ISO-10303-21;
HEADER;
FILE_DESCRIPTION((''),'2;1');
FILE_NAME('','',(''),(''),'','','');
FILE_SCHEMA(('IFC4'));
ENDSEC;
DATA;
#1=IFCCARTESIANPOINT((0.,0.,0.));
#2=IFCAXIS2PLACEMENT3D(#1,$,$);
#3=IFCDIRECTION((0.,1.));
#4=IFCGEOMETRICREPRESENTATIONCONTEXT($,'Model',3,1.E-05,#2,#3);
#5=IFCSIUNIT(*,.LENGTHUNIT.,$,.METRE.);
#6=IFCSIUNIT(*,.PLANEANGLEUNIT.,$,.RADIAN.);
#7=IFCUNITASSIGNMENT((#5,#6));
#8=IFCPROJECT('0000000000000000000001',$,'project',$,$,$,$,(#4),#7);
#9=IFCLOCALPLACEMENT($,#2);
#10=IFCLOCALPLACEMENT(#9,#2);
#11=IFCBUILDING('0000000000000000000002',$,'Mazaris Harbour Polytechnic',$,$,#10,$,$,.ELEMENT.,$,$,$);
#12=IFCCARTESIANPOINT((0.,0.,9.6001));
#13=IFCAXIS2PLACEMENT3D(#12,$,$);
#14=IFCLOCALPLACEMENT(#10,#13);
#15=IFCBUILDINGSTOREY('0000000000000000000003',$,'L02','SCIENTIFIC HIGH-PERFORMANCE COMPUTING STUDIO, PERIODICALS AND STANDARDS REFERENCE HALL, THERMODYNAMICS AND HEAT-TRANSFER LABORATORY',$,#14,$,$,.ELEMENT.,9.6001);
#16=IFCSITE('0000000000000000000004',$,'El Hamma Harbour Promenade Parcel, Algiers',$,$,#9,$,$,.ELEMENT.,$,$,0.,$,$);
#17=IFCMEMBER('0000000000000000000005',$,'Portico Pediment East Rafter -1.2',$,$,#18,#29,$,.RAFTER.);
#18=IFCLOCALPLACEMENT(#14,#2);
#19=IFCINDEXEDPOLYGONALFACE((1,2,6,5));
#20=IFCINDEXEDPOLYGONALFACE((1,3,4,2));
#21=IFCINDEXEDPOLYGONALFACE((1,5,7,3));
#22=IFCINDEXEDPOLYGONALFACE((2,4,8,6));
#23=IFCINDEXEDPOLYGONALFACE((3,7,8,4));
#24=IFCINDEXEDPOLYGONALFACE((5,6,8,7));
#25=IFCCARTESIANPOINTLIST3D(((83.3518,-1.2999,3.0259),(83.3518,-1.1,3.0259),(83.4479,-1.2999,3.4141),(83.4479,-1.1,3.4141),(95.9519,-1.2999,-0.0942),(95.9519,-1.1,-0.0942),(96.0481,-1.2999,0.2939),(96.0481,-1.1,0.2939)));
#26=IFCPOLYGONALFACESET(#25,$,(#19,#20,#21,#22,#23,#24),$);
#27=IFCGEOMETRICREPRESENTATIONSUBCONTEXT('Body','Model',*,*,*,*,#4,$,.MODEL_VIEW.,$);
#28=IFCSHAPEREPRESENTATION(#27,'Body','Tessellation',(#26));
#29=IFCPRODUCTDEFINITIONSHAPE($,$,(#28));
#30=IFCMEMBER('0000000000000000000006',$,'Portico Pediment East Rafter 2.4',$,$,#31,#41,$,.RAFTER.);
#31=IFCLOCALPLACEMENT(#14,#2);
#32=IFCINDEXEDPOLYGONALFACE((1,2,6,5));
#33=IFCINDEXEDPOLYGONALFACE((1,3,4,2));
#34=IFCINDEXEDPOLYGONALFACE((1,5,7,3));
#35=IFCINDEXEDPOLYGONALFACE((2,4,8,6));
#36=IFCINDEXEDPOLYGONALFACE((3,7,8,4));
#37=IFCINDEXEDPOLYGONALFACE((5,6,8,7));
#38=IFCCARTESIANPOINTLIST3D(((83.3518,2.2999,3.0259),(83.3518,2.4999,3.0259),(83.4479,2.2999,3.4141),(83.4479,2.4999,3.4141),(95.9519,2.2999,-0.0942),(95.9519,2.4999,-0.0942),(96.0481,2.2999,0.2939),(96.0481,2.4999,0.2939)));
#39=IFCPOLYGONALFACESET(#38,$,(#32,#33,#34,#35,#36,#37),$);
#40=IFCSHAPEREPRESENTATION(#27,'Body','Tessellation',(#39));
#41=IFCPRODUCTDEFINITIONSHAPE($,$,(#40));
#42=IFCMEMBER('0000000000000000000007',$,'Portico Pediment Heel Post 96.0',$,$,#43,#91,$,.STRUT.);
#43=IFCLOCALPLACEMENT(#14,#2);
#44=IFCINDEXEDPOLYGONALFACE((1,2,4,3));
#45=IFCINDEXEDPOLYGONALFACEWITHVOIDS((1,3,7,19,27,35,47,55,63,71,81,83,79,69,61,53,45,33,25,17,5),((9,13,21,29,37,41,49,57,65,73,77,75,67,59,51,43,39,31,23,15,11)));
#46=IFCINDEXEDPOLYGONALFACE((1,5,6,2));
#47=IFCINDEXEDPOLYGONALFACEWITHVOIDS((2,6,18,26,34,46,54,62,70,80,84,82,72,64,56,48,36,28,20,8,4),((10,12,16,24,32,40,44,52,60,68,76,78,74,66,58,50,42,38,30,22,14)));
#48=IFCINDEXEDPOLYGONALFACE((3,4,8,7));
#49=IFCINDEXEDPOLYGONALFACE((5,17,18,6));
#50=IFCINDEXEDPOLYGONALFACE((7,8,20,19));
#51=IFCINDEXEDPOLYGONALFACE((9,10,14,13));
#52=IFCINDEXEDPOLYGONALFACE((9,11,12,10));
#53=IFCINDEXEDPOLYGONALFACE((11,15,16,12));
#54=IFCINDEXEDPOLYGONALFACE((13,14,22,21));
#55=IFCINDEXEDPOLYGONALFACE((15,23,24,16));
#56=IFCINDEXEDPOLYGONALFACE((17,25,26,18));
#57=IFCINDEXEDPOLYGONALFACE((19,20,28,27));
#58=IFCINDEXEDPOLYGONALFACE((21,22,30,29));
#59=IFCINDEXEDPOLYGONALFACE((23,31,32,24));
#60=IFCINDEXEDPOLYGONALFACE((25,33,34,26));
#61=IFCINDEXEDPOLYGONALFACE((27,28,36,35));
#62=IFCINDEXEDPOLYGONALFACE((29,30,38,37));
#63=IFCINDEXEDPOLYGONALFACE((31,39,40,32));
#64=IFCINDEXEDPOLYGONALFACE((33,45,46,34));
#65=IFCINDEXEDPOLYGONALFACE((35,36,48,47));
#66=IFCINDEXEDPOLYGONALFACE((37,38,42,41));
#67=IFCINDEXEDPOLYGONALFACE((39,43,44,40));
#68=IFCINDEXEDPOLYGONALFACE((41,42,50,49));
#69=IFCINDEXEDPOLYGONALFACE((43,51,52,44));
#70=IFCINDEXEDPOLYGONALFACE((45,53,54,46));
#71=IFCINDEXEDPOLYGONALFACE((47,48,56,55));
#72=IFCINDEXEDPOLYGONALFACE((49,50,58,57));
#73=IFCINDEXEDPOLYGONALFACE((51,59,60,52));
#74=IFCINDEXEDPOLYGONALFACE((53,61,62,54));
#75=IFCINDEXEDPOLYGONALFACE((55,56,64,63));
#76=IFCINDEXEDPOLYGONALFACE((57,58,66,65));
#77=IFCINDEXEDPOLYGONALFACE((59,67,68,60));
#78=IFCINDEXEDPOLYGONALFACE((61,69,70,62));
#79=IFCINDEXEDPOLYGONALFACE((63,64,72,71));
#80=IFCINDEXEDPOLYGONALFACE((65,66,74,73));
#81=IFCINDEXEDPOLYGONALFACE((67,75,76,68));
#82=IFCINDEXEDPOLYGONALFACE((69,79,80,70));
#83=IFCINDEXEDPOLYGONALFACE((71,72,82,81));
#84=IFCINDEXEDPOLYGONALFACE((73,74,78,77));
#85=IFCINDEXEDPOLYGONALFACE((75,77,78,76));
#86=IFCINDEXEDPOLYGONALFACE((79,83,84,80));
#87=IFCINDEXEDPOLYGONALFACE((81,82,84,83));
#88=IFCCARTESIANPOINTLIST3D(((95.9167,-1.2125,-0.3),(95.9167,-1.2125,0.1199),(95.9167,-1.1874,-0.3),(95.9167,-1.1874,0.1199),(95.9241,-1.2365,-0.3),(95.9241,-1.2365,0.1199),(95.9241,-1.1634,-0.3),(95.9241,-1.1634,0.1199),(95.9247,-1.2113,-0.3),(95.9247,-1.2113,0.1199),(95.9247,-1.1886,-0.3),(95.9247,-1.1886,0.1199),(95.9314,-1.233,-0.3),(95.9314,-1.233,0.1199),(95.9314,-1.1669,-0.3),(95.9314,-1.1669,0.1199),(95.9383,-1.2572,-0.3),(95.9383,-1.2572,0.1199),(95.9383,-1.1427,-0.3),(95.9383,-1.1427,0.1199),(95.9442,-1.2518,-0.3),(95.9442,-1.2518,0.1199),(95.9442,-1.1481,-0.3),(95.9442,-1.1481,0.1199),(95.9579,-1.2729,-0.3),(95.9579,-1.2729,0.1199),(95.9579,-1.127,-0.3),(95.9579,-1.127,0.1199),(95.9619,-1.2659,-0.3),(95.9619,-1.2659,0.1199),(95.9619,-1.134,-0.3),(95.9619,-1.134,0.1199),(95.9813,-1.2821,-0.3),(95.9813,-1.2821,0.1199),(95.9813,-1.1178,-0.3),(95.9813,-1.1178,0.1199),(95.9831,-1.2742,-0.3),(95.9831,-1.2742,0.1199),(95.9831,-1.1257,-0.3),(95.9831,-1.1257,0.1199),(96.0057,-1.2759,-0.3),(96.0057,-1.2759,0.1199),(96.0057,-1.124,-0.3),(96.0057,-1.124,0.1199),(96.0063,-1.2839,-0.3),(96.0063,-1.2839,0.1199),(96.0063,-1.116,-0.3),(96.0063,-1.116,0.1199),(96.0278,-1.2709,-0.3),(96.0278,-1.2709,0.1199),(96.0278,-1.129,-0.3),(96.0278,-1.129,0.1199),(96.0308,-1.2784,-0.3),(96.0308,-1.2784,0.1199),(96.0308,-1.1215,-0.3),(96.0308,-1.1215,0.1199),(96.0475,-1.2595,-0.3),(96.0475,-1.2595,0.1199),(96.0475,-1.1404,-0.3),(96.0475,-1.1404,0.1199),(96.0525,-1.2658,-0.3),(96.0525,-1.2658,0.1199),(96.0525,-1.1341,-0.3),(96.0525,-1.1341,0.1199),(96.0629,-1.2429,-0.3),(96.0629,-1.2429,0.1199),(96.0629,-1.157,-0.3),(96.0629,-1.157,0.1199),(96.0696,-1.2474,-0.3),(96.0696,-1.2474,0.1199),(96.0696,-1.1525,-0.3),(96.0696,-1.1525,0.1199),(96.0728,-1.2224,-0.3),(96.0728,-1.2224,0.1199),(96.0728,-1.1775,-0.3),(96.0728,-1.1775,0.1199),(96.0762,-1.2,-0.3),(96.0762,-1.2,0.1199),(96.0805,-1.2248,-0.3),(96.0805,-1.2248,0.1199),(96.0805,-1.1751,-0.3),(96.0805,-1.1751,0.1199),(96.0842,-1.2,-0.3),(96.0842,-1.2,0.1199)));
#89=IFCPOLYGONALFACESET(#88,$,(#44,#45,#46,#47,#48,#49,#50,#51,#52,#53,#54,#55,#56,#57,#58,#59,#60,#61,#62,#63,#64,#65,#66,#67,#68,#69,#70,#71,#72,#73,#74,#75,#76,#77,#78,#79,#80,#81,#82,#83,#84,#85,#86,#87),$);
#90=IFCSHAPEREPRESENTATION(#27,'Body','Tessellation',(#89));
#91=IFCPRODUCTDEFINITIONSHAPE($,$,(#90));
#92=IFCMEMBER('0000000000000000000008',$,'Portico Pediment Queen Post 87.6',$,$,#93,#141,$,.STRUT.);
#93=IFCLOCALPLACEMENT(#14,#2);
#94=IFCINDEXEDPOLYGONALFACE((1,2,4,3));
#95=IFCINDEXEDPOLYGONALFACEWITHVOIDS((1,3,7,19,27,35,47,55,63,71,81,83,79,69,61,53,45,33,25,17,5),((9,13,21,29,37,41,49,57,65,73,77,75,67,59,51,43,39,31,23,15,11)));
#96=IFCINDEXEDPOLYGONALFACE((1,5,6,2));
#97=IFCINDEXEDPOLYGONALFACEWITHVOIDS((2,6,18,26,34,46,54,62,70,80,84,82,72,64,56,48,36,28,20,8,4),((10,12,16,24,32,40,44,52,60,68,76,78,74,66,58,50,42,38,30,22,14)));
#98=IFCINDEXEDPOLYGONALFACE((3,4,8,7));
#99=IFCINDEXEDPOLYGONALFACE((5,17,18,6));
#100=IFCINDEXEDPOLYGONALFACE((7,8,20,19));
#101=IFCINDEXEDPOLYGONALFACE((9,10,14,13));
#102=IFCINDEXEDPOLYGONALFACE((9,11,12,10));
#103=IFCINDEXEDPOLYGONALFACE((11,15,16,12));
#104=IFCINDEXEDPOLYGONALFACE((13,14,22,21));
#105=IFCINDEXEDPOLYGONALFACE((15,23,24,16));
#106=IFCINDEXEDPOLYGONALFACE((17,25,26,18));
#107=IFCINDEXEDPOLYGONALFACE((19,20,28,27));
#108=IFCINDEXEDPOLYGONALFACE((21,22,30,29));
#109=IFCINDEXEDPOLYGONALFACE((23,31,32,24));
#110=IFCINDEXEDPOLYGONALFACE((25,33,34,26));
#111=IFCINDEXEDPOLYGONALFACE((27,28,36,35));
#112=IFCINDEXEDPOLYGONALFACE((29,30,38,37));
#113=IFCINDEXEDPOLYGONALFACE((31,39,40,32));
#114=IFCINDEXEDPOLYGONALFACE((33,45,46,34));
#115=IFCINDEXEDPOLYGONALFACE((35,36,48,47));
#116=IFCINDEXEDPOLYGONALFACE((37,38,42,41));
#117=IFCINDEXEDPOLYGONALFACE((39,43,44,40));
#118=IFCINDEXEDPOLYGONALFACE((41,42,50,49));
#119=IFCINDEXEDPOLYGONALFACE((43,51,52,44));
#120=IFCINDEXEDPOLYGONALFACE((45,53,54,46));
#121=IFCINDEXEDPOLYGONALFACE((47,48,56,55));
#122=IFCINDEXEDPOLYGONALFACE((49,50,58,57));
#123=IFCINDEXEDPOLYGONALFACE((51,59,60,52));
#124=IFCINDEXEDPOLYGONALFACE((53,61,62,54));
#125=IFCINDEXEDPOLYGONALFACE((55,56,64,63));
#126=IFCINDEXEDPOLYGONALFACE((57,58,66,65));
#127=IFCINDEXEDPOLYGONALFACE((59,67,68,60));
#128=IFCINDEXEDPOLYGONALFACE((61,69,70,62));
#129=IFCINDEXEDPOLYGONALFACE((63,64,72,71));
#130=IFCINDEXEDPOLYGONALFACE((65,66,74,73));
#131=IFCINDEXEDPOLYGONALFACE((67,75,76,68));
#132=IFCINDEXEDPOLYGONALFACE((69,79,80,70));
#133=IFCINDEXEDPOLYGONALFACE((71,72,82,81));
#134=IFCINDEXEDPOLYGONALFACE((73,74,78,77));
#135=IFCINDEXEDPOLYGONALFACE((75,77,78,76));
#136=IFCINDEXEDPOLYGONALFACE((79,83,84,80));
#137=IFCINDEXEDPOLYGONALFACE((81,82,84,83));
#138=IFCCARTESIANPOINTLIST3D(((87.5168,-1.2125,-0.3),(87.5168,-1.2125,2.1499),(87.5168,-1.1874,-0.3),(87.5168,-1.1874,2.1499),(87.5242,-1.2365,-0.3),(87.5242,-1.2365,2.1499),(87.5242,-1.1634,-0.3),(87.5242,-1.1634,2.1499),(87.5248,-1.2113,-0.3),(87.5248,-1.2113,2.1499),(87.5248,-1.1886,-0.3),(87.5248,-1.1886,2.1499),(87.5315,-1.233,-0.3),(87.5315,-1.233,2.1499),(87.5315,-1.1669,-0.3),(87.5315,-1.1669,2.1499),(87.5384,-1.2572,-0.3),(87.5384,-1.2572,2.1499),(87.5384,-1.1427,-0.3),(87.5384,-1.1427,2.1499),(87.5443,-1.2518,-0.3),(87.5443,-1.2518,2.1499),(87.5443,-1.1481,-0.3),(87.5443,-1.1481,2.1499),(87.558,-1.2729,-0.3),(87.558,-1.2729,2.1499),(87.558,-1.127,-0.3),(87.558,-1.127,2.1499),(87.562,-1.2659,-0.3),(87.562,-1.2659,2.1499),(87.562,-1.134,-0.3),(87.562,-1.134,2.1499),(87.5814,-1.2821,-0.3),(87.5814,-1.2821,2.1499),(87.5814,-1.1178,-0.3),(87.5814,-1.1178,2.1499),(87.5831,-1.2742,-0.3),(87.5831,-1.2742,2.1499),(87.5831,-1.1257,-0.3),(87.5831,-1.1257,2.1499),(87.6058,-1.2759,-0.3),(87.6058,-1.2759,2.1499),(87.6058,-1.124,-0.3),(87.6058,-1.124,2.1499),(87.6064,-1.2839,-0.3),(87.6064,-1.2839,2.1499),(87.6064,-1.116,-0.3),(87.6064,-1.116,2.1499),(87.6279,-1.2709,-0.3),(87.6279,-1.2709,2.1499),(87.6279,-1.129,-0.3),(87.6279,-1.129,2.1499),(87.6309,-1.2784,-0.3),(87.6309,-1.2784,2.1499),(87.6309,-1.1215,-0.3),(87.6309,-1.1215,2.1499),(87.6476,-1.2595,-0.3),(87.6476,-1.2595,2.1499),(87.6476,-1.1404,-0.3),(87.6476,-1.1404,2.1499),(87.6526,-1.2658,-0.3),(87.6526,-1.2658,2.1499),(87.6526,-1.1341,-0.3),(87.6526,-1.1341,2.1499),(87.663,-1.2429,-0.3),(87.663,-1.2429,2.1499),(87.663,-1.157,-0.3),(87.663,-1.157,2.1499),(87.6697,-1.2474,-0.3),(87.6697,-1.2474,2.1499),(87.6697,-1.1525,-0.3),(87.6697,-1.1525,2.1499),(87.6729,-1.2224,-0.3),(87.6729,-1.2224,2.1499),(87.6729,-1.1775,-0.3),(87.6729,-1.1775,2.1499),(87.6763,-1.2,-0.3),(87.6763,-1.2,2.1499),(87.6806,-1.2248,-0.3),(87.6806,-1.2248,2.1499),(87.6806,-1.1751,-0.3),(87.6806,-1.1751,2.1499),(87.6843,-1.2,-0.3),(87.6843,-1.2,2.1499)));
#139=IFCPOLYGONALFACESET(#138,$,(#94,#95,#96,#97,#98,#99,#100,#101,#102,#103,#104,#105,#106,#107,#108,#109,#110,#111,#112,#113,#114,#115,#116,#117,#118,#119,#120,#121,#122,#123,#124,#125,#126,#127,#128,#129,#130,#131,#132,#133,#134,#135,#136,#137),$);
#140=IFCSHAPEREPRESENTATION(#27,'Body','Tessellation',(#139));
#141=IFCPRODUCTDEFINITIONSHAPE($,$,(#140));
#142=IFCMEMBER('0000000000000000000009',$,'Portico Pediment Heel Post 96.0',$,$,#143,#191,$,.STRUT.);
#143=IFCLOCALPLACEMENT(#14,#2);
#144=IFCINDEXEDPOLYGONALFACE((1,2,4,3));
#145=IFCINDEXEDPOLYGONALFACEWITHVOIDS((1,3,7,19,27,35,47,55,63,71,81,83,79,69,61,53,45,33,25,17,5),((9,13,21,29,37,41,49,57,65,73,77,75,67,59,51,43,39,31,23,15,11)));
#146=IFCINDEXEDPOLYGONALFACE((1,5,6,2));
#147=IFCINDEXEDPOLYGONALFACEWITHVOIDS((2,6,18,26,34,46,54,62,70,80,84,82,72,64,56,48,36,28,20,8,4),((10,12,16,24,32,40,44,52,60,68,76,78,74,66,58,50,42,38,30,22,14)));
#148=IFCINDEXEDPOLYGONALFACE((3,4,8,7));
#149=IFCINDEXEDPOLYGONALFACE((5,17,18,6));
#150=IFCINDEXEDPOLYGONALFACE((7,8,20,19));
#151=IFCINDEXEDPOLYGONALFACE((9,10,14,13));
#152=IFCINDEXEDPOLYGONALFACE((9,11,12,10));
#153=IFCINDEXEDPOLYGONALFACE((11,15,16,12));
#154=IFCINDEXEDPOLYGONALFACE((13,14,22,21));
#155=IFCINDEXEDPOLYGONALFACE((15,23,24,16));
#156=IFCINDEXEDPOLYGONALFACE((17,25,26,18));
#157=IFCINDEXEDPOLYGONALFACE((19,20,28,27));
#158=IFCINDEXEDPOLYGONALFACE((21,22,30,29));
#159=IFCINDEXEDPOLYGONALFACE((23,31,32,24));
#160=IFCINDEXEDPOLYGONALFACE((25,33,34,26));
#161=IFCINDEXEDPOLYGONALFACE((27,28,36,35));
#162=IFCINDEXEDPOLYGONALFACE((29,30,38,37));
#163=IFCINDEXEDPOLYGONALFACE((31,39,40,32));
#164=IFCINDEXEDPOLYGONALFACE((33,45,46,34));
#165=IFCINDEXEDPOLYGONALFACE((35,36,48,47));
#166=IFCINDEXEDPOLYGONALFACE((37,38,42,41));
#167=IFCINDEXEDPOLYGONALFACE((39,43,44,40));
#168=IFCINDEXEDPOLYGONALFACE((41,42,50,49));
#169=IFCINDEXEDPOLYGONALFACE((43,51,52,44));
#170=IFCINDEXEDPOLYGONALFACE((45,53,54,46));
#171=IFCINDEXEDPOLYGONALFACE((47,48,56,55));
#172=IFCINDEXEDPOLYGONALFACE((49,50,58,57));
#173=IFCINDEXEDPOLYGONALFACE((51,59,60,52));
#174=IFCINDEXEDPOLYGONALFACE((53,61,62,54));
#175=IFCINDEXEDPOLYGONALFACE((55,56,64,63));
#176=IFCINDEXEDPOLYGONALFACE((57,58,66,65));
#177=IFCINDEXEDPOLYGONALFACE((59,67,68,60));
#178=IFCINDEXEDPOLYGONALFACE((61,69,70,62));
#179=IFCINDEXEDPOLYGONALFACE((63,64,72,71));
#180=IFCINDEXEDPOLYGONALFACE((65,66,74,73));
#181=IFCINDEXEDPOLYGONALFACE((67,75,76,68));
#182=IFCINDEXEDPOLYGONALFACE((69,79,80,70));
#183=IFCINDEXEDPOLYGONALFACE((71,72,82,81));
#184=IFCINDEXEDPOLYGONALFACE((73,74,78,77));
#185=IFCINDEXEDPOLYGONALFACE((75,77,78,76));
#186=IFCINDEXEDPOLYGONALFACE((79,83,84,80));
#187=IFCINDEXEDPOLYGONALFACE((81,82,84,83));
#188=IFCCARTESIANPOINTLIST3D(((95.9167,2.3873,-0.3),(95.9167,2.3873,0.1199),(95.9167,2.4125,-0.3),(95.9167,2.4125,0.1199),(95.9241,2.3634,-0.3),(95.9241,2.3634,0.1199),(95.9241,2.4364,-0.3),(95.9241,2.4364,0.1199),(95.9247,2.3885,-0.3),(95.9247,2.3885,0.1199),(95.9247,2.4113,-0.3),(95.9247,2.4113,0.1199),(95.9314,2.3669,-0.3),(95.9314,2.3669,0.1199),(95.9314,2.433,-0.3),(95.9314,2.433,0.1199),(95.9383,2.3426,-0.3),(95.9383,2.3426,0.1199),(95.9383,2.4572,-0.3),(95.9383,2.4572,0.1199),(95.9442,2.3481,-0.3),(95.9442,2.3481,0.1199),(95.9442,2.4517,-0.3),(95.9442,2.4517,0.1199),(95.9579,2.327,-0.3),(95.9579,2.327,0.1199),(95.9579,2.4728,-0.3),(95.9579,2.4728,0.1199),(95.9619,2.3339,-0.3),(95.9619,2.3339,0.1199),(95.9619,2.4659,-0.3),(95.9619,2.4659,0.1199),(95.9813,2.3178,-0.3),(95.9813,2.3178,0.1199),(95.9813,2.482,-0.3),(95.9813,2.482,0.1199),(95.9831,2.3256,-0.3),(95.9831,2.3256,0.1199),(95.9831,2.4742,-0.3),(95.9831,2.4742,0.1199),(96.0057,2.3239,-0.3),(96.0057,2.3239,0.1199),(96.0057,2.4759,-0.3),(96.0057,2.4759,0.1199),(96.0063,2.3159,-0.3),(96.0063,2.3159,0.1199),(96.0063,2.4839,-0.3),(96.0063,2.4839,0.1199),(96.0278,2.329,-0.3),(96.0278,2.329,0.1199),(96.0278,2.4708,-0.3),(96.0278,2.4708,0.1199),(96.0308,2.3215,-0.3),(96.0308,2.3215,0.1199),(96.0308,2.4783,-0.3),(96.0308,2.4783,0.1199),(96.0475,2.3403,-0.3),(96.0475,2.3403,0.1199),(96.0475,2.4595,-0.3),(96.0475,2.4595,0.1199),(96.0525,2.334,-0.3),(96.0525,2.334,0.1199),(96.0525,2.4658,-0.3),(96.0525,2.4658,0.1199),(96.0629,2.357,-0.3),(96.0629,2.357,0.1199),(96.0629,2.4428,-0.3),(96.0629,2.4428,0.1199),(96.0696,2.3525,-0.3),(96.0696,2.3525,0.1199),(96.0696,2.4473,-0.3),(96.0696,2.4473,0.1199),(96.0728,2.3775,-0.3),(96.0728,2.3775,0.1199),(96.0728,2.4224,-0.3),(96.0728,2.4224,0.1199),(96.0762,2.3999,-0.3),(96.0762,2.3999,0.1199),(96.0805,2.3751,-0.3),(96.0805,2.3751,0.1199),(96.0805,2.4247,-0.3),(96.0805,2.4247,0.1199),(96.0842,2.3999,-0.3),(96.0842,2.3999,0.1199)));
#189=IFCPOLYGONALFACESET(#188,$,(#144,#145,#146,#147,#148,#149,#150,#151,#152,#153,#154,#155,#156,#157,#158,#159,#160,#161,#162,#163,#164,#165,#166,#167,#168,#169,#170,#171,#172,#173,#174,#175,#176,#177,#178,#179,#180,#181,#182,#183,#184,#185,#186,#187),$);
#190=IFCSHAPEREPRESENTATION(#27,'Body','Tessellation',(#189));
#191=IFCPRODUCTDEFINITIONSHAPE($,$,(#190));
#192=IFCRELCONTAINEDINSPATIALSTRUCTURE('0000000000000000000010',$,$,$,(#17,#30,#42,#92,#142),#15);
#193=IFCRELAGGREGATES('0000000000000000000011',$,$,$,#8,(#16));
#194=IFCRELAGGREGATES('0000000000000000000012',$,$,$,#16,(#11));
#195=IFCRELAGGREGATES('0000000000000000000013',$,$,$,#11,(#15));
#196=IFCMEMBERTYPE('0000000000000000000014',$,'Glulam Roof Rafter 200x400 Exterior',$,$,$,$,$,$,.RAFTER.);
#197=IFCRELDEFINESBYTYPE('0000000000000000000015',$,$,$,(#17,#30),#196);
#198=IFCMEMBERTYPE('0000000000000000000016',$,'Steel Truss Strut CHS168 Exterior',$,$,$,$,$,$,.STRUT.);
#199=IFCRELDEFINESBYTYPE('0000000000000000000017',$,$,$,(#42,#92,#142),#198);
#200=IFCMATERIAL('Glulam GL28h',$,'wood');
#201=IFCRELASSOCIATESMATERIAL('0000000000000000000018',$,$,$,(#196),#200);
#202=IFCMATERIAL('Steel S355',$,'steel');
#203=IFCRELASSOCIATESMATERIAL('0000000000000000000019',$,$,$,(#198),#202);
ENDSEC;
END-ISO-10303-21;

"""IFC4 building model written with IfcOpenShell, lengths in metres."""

from ifc_helpers import new_model, si_unit, direction, frame, origin, origin_2d, place, context, subcontext, project, spatial, rectangle, hollow_circle, extrude, material, material_profile, profile_set, type_object, element, save


model = new_model("IFC4")

# Units and contexts
model_context = context("Model", 3, precision=1e-05, world=origin(), true_north=direction((0.0, 1.0)))
body_context = subcontext(model_context, "Body", "Model", "MODEL_VIEW")
ifc_project = project(units=[si_unit("LENGTHUNIT", "METRE"), si_unit("PLANEANGLEUNIT", "RADIAN")], contexts=[model_context])

# Site, building, storey
site_placement = place(None, origin())
site = spatial("IfcSite", under=ifc_project, at=site_placement, Name="El Hamma Harbour Promenade Parcel, Algiers", CompositionType="ELEMENT", RefElevation=0.0)
building_placement = place(site_placement, origin())
building = spatial("IfcBuilding", under=site, at=building_placement, Name="Mazaris Harbour Polytechnic", CompositionType="ELEMENT")
storey_placement = place(building_placement, frame((0.0, 0.0, 9.6001)))
storey = spatial("IfcBuildingStorey", under=building, at=storey_placement, Name="L02", Description="SCIENTIFIC HIGH-PERFORMANCE COMPUTING STUDIO, PERIODICALS AND STANDARDS REFERENCE HALL, THERMODYNAMICS AND HEAT-TRANSFER LABORATORY", CompositionType="ELEMENT", Elevation=9.6001)

# Members
ifc_material_1 = material(Name="Glulam GL28h", Category="wood")
ifc_material_profile_1 = material_profile(ifc_material_1, rectangle(XDim=0.2, YDim=0.3999, at=origin_2d()), Name="RECT200x400")
ifc_profile_set_1 = profile_set([ifc_material_profile_1], Name="Glulam GL28h")
member_type_1 = type_object("IfcMemberType", Name="Glulam Roof Rafter 200x400 Exterior", PredefinedType="RAFTER", material=ifc_profile_set_1)
for number, where, z_axis, x_axis, name in (
    (1, (96.0, -1.2, 0.0999), (-0.970682, 0.0, 0.240367), (0.0, -1.0, 0.0), "Portico Pediment East Rafter -1.2"),
    (2, (96.0, 2.3999, 0.0999), (-0.970682, 0.0, 0.240367), (0.0, -1.0, 0.0), "Portico Pediment East Rafter 2.4"),
):
    element("IfcMember", number, at=place(storey_placement, frame(where, z_axis=z_axis, x_axis=x_axis)), inside=storey, type_object=member_type_1, Name=name, PredefinedType="RAFTER", context=body_context, shape_type="SweptSolid", body=[
        extrude(rectangle(XDim=0.2, YDim=0.3999, at=origin_2d()), origin(), (0.0, 0.0, 1.0), 12.9807),
    ])
ifc_material_2 = material(Name="Steel S355", Category="steel")
ifc_material_profile_2 = material_profile(ifc_material_2, hollow_circle(Radius=0.0842, WallThickness=0.0081, at=origin_2d()), Name="CHS 168.3x8.0")
ifc_profile_set_2 = profile_set([ifc_material_profile_2], Name="Steel S355")
member_type_2 = type_object("IfcMemberType", Name="Steel Truss Strut CHS168 Exterior", PredefinedType="STRUT", material=ifc_profile_set_2)
member_1_placement = place(storey_placement, frame((96.0, -1.2, -0.3), z_axis=(0.0, 0.0, 1.0), x_axis=(1.0, 0.0, 0.0)))
element("IfcMember", 3, at=member_1_placement, inside=storey, type_object=member_type_2, Name="Portico Pediment Heel Post 96.0", PredefinedType="STRUT", context=body_context, shape_type="SweptSolid", body=[
    extrude(hollow_circle(Radius=0.0842, WallThickness=0.0081, at=origin_2d()), origin(), (0.0, 0.0, 1.0), 0.4199),
])
member_2_placement = place(storey_placement, frame((87.6001, -1.2, -0.3), z_axis=(0.0, 0.0, 1.0), x_axis=(1.0, 0.0, 0.0)))
element("IfcMember", 4, at=member_2_placement, inside=storey, type_object=member_type_2, Name="Portico Pediment Queen Post 87.6", PredefinedType="STRUT", context=body_context, shape_type="SweptSolid", body=[
    extrude(hollow_circle(Radius=0.0842, WallThickness=0.0081, at=origin_2d()), origin(), (0.0, 0.0, 1.0), 2.45),
])
member_3_placement = place(storey_placement, frame((96.0, 2.3999, -0.3), z_axis=(0.0, 0.0, 1.0), x_axis=(1.0, 0.0, 0.0)))
element("IfcMember", 5, at=member_3_placement, inside=storey, type_object=member_type_2, Name="Portico Pediment Heel Post 96.0", PredefinedType="STRUT", context=body_context, shape_type="SweptSolid", body=[
    extrude(hollow_circle(Radius=0.0842, WallThickness=0.0081, at=origin_2d()), origin(), (0.0, 0.0, 1.0), 0.4199),
])

save(model, "model.ifc")
